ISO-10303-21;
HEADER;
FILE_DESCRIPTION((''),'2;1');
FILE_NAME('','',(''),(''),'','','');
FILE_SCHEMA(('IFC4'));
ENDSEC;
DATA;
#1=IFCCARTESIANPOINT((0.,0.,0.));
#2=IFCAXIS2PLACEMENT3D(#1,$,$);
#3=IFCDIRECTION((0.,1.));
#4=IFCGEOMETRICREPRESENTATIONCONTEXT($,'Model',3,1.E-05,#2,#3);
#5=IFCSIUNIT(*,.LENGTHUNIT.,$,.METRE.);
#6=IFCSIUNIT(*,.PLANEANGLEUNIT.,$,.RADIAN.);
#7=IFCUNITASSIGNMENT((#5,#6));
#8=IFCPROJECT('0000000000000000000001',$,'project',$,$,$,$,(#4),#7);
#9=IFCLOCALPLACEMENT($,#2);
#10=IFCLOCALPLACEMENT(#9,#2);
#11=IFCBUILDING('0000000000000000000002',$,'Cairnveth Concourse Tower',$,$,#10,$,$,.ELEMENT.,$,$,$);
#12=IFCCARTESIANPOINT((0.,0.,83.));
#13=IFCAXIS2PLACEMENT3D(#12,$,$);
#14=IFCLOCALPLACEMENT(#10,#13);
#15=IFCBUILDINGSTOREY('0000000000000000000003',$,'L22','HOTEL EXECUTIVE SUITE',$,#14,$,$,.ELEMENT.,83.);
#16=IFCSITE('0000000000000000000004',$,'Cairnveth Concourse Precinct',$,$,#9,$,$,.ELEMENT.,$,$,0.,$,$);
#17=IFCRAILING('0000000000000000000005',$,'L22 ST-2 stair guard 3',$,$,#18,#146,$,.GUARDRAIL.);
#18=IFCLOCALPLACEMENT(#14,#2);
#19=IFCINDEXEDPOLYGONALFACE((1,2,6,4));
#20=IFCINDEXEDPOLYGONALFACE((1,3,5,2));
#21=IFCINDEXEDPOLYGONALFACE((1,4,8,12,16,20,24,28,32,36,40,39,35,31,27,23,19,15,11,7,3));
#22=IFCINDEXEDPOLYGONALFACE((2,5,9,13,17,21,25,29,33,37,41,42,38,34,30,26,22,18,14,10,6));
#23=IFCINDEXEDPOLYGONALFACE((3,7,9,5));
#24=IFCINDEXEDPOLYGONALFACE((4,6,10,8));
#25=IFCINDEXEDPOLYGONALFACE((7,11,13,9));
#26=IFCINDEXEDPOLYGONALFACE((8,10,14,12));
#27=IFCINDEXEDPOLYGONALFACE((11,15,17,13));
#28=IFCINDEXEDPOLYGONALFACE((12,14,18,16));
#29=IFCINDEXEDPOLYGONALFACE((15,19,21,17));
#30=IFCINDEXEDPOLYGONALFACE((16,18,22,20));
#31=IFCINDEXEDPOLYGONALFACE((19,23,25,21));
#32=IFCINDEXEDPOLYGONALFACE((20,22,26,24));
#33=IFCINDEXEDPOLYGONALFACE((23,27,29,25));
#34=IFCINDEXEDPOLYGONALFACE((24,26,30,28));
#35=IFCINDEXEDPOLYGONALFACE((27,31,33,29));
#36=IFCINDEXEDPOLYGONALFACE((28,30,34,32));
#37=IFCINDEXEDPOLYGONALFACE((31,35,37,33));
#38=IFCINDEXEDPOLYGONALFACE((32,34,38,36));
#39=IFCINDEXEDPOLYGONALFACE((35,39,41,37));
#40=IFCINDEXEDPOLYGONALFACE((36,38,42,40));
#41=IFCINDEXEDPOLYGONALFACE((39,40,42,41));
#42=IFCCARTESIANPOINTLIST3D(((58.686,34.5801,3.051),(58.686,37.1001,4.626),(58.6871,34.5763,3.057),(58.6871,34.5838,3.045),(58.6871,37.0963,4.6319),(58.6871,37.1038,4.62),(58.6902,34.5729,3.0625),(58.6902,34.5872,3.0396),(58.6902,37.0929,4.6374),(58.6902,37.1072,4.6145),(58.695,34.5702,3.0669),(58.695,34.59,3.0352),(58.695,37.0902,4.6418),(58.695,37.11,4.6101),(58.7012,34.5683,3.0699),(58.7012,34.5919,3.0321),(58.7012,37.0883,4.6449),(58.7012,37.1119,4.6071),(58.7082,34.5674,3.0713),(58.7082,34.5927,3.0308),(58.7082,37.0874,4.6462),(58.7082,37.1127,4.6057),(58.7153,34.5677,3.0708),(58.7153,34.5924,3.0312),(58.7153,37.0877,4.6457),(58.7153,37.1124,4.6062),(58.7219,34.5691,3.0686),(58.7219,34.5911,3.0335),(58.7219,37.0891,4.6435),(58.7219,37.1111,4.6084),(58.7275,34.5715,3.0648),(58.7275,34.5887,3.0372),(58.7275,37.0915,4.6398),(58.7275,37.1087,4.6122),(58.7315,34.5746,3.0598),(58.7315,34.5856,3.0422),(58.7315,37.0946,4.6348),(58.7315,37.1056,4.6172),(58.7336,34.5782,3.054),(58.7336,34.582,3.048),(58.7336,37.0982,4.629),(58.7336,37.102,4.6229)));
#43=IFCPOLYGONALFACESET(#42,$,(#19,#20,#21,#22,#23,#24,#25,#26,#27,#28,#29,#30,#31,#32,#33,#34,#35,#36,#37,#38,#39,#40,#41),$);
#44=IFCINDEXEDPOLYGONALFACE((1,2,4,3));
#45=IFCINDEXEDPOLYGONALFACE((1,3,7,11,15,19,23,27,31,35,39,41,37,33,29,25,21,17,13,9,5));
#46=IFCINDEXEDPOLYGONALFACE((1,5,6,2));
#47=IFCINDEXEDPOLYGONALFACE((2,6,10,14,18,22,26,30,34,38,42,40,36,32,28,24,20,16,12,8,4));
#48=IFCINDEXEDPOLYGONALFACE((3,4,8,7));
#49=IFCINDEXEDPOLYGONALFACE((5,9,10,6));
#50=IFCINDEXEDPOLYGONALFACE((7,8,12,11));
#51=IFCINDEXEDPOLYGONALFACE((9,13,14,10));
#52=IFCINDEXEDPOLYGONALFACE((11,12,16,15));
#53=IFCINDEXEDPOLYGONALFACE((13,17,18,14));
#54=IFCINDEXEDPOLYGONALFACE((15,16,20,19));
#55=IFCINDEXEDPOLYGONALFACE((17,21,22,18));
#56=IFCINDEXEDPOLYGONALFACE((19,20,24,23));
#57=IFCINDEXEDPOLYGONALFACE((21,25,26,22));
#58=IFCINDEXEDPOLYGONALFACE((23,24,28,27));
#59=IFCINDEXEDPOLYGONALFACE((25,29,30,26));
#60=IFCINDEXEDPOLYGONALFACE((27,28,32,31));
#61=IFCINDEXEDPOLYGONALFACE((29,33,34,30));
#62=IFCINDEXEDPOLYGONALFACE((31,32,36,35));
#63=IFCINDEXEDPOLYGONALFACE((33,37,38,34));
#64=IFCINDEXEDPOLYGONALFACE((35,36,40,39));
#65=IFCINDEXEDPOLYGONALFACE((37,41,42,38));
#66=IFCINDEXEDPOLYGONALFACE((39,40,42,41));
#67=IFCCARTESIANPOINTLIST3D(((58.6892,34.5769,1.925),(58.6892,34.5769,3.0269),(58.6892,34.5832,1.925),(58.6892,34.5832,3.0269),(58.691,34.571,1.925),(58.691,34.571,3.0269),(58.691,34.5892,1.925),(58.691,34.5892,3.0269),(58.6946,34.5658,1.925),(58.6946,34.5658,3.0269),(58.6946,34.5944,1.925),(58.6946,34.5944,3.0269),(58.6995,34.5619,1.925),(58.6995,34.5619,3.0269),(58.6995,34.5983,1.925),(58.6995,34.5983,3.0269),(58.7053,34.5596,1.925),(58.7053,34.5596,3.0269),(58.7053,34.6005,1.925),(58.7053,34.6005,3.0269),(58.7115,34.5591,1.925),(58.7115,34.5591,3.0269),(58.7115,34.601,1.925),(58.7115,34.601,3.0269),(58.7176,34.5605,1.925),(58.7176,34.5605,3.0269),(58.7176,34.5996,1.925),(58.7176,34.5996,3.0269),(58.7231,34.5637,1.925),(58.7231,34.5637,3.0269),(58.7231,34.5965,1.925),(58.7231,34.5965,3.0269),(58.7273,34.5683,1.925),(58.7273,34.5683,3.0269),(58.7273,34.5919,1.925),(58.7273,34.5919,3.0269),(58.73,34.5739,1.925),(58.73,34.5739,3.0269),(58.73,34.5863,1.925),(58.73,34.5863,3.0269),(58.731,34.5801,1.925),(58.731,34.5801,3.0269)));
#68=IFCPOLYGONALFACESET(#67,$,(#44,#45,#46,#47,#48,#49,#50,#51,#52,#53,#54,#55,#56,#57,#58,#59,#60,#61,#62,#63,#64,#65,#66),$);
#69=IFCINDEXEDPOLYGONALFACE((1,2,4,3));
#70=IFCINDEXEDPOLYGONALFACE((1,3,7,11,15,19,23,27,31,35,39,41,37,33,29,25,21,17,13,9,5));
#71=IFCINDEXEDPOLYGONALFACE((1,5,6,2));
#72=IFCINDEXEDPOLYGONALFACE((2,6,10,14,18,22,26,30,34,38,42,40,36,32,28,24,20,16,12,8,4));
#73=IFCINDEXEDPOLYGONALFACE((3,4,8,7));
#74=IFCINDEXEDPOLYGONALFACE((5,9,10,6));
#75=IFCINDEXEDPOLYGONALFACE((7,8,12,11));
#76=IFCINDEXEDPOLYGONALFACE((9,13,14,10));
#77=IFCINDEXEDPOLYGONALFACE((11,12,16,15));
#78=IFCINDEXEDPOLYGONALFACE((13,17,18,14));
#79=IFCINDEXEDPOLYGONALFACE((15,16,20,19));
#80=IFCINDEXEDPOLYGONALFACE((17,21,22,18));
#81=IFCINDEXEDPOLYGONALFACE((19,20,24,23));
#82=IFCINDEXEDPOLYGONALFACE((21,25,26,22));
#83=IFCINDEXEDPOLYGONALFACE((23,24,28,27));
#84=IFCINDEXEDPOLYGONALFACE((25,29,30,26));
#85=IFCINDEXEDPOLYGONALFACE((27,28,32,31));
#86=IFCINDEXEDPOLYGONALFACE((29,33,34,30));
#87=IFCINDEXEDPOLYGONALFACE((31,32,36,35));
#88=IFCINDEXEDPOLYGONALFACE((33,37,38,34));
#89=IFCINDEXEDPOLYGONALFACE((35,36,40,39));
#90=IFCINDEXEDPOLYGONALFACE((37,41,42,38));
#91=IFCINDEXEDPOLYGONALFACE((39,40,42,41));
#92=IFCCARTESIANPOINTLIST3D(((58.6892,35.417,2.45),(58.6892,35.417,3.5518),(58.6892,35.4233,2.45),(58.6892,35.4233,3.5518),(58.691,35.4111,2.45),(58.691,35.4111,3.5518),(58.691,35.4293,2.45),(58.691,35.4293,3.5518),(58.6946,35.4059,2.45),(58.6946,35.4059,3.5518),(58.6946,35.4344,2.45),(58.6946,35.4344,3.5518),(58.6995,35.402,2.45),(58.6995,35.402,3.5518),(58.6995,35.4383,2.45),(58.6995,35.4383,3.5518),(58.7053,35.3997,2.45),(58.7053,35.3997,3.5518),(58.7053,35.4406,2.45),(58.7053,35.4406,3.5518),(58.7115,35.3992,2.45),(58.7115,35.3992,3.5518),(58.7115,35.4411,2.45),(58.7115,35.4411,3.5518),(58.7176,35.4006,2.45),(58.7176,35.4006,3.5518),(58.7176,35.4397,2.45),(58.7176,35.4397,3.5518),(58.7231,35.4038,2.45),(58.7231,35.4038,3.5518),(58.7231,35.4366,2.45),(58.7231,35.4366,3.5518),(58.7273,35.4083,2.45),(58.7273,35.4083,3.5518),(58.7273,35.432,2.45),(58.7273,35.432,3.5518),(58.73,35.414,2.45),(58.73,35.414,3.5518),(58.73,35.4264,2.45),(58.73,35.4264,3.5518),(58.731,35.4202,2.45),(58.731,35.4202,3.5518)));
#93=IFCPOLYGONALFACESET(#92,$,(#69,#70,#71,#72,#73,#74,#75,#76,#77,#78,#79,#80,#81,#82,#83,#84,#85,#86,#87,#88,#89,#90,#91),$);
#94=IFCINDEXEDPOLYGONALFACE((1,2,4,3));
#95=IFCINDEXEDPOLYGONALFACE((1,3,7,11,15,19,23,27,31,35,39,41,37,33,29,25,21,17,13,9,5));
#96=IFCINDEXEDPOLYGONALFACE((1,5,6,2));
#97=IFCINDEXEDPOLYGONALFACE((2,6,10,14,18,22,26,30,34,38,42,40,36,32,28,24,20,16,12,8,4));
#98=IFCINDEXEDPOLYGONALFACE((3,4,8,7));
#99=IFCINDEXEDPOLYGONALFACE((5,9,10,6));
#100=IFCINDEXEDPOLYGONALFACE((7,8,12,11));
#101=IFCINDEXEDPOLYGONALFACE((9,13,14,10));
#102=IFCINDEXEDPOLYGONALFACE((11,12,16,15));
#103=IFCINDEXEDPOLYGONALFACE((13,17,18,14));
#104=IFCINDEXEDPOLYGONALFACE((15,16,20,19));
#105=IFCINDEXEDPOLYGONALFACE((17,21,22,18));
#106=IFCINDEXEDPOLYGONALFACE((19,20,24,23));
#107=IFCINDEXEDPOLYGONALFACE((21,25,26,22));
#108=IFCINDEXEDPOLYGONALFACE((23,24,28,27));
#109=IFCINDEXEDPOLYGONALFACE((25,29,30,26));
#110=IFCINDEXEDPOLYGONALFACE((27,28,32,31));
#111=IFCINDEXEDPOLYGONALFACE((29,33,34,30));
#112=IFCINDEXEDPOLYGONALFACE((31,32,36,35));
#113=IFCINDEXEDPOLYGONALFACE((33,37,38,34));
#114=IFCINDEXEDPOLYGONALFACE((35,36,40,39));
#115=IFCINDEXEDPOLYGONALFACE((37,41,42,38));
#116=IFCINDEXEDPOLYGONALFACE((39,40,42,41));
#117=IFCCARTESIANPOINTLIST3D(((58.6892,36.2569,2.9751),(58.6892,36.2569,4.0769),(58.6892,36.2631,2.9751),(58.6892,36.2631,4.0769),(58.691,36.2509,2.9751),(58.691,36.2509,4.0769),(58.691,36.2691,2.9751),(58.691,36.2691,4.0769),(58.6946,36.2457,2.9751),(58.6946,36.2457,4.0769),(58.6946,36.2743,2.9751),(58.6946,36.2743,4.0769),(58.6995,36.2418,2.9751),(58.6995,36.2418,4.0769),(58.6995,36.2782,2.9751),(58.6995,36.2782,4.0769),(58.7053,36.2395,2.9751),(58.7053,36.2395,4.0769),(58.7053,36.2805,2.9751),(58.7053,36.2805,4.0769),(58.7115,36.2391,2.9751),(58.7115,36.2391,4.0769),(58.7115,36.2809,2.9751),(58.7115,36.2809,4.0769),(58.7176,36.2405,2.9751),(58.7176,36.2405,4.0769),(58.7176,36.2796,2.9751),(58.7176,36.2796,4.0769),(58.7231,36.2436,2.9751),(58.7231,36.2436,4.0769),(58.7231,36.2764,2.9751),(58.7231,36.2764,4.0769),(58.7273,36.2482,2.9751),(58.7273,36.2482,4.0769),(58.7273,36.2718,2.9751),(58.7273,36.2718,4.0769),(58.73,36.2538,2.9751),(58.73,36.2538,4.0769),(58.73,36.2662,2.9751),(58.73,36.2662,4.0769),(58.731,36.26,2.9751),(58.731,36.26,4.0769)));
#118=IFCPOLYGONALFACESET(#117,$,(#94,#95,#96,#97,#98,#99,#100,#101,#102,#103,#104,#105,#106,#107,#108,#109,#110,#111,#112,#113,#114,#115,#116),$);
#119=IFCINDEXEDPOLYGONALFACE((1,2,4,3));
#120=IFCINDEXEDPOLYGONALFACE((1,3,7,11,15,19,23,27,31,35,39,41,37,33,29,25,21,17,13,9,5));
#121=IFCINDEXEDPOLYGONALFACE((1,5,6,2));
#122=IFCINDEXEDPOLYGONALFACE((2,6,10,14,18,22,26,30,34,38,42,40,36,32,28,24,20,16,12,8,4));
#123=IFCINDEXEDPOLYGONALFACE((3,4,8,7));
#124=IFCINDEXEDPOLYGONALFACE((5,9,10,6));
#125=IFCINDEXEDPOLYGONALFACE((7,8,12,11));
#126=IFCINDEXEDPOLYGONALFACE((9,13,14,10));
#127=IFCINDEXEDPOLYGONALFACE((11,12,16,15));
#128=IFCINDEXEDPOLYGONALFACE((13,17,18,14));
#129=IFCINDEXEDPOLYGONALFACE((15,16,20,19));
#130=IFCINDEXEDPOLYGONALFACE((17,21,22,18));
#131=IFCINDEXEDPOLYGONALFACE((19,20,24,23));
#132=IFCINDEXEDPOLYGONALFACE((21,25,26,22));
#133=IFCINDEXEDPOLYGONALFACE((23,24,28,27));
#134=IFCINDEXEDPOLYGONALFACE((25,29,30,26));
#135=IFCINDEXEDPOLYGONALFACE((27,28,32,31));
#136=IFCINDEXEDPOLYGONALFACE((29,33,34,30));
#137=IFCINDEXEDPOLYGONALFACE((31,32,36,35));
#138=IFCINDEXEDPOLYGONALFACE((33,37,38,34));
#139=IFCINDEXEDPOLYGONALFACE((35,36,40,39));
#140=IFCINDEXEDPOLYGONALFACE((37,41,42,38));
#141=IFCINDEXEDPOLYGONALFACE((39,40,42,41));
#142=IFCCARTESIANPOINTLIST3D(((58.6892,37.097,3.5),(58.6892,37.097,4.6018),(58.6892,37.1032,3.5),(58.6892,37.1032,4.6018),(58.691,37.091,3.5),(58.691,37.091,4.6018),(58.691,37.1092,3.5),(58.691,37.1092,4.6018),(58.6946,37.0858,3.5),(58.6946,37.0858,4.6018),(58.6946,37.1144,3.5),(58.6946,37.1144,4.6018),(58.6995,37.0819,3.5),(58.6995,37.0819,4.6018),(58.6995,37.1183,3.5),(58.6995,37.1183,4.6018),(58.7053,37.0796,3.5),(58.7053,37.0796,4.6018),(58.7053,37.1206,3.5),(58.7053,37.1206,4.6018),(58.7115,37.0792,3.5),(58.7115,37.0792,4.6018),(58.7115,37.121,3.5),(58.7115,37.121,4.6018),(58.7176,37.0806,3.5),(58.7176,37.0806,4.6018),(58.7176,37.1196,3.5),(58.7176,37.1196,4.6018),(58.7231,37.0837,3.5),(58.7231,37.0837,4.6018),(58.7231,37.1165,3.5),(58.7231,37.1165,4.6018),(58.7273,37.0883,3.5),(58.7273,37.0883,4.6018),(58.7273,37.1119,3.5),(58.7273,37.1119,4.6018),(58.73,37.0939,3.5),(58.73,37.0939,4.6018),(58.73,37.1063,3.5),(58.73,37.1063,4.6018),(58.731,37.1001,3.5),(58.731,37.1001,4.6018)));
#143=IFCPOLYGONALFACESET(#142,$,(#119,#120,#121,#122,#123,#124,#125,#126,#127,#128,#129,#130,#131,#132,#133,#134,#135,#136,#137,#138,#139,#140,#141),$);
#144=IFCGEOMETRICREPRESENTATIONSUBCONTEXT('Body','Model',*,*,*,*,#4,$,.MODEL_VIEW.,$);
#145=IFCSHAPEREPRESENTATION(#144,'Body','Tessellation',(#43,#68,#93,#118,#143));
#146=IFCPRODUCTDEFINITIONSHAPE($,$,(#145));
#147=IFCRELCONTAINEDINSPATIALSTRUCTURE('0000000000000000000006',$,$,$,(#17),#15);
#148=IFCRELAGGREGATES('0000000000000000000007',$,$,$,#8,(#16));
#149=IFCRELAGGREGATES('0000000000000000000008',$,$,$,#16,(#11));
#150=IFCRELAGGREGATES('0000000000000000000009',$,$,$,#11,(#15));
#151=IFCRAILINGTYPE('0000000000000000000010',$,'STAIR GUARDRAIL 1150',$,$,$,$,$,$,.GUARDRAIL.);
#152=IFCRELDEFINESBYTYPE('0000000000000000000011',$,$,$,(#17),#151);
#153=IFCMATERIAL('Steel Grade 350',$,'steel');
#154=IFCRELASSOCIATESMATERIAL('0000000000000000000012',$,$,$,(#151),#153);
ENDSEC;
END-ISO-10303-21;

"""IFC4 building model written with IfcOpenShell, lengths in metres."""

from ifc_helpers import new_model, si_unit, direction, frame, origin, origin_2d, place, context, subcontext, project, spatial, circle, extrude, material, type_object, element, save


model = new_model("IFC4")

# Units and contexts
model_context = context("Model", 3, precision=1e-05, world=origin(), true_north=direction((0.0, 1.0)))
body_context = subcontext(model_context, "Body", "Model", "MODEL_VIEW")
ifc_project = project(units=[si_unit("LENGTHUNIT", "METRE"), si_unit("PLANEANGLEUNIT", "RADIAN")], contexts=[model_context])

# Site, building, storey
site_placement = place(None, origin())
site = spatial("IfcSite", under=ifc_project, at=site_placement, Name="Cairnveth Concourse Precinct", CompositionType="ELEMENT", RefElevation=0.0)
building_placement = place(site_placement, origin())
building = spatial("IfcBuilding", under=site, at=building_placement, Name="Cairnveth Concourse Tower", CompositionType="ELEMENT")
storey_placement = place(building_placement, frame((0.0, 0.0, 83.0)))
storey = spatial("IfcBuildingStorey", under=building, at=storey_placement, Name="L22", Description="HOTEL EXECUTIVE SUITE", CompositionType="ELEMENT", Elevation=83.0)

# Shared definitions
ifc_material_1 = material(Name="Steel Grade 350", Category="steel")

# Railing
railing_type_1 = type_object("IfcRailingType", Name="STAIR GUARDRAIL 1150", PredefinedType="GUARDRAIL", material=ifc_material_1)
railing_1_placement = place(storey_placement, frame((58.71, 34.5801, 1.925)))
element("IfcRailing", 1, at=railing_1_placement, inside=storey, type_object=railing_type_1, Name="L22 ST-2 stair guard 3", PredefinedType="GUARDRAIL", context=body_context, shape_type="SweptSolid", body=[
    extrude(circle(Radius=0.0239, at=origin_2d()), frame((0.0, 0.0, 1.126), z_axis=(0.0, 0.848008, 0.529984), x_axis=(-1.0, 0.0, 0.0)), (0.0, 0.0, 1.0), 2.9717),
    extrude(circle(Radius=0.021, at=origin_2d()), origin(), (0.0, 0.0, 1.0), 1.1018),
    extrude(circle(Radius=0.021, at=origin_2d()), frame((0.0, 0.8401, 0.5249)), (0.0, 0.0, 1.0), 1.1018),
    extrude(circle(Radius=0.021, at=origin_2d()), frame((0.0, 1.6799, 1.05)), (0.0, 0.0, 1.0), 1.1018),
    extrude(circle(Radius=0.021, at=origin_2d()), frame((0.0, 2.52, 1.575)), (0.0, 0.0, 1.0), 1.1018),
])

save(model, "model.ifc")
